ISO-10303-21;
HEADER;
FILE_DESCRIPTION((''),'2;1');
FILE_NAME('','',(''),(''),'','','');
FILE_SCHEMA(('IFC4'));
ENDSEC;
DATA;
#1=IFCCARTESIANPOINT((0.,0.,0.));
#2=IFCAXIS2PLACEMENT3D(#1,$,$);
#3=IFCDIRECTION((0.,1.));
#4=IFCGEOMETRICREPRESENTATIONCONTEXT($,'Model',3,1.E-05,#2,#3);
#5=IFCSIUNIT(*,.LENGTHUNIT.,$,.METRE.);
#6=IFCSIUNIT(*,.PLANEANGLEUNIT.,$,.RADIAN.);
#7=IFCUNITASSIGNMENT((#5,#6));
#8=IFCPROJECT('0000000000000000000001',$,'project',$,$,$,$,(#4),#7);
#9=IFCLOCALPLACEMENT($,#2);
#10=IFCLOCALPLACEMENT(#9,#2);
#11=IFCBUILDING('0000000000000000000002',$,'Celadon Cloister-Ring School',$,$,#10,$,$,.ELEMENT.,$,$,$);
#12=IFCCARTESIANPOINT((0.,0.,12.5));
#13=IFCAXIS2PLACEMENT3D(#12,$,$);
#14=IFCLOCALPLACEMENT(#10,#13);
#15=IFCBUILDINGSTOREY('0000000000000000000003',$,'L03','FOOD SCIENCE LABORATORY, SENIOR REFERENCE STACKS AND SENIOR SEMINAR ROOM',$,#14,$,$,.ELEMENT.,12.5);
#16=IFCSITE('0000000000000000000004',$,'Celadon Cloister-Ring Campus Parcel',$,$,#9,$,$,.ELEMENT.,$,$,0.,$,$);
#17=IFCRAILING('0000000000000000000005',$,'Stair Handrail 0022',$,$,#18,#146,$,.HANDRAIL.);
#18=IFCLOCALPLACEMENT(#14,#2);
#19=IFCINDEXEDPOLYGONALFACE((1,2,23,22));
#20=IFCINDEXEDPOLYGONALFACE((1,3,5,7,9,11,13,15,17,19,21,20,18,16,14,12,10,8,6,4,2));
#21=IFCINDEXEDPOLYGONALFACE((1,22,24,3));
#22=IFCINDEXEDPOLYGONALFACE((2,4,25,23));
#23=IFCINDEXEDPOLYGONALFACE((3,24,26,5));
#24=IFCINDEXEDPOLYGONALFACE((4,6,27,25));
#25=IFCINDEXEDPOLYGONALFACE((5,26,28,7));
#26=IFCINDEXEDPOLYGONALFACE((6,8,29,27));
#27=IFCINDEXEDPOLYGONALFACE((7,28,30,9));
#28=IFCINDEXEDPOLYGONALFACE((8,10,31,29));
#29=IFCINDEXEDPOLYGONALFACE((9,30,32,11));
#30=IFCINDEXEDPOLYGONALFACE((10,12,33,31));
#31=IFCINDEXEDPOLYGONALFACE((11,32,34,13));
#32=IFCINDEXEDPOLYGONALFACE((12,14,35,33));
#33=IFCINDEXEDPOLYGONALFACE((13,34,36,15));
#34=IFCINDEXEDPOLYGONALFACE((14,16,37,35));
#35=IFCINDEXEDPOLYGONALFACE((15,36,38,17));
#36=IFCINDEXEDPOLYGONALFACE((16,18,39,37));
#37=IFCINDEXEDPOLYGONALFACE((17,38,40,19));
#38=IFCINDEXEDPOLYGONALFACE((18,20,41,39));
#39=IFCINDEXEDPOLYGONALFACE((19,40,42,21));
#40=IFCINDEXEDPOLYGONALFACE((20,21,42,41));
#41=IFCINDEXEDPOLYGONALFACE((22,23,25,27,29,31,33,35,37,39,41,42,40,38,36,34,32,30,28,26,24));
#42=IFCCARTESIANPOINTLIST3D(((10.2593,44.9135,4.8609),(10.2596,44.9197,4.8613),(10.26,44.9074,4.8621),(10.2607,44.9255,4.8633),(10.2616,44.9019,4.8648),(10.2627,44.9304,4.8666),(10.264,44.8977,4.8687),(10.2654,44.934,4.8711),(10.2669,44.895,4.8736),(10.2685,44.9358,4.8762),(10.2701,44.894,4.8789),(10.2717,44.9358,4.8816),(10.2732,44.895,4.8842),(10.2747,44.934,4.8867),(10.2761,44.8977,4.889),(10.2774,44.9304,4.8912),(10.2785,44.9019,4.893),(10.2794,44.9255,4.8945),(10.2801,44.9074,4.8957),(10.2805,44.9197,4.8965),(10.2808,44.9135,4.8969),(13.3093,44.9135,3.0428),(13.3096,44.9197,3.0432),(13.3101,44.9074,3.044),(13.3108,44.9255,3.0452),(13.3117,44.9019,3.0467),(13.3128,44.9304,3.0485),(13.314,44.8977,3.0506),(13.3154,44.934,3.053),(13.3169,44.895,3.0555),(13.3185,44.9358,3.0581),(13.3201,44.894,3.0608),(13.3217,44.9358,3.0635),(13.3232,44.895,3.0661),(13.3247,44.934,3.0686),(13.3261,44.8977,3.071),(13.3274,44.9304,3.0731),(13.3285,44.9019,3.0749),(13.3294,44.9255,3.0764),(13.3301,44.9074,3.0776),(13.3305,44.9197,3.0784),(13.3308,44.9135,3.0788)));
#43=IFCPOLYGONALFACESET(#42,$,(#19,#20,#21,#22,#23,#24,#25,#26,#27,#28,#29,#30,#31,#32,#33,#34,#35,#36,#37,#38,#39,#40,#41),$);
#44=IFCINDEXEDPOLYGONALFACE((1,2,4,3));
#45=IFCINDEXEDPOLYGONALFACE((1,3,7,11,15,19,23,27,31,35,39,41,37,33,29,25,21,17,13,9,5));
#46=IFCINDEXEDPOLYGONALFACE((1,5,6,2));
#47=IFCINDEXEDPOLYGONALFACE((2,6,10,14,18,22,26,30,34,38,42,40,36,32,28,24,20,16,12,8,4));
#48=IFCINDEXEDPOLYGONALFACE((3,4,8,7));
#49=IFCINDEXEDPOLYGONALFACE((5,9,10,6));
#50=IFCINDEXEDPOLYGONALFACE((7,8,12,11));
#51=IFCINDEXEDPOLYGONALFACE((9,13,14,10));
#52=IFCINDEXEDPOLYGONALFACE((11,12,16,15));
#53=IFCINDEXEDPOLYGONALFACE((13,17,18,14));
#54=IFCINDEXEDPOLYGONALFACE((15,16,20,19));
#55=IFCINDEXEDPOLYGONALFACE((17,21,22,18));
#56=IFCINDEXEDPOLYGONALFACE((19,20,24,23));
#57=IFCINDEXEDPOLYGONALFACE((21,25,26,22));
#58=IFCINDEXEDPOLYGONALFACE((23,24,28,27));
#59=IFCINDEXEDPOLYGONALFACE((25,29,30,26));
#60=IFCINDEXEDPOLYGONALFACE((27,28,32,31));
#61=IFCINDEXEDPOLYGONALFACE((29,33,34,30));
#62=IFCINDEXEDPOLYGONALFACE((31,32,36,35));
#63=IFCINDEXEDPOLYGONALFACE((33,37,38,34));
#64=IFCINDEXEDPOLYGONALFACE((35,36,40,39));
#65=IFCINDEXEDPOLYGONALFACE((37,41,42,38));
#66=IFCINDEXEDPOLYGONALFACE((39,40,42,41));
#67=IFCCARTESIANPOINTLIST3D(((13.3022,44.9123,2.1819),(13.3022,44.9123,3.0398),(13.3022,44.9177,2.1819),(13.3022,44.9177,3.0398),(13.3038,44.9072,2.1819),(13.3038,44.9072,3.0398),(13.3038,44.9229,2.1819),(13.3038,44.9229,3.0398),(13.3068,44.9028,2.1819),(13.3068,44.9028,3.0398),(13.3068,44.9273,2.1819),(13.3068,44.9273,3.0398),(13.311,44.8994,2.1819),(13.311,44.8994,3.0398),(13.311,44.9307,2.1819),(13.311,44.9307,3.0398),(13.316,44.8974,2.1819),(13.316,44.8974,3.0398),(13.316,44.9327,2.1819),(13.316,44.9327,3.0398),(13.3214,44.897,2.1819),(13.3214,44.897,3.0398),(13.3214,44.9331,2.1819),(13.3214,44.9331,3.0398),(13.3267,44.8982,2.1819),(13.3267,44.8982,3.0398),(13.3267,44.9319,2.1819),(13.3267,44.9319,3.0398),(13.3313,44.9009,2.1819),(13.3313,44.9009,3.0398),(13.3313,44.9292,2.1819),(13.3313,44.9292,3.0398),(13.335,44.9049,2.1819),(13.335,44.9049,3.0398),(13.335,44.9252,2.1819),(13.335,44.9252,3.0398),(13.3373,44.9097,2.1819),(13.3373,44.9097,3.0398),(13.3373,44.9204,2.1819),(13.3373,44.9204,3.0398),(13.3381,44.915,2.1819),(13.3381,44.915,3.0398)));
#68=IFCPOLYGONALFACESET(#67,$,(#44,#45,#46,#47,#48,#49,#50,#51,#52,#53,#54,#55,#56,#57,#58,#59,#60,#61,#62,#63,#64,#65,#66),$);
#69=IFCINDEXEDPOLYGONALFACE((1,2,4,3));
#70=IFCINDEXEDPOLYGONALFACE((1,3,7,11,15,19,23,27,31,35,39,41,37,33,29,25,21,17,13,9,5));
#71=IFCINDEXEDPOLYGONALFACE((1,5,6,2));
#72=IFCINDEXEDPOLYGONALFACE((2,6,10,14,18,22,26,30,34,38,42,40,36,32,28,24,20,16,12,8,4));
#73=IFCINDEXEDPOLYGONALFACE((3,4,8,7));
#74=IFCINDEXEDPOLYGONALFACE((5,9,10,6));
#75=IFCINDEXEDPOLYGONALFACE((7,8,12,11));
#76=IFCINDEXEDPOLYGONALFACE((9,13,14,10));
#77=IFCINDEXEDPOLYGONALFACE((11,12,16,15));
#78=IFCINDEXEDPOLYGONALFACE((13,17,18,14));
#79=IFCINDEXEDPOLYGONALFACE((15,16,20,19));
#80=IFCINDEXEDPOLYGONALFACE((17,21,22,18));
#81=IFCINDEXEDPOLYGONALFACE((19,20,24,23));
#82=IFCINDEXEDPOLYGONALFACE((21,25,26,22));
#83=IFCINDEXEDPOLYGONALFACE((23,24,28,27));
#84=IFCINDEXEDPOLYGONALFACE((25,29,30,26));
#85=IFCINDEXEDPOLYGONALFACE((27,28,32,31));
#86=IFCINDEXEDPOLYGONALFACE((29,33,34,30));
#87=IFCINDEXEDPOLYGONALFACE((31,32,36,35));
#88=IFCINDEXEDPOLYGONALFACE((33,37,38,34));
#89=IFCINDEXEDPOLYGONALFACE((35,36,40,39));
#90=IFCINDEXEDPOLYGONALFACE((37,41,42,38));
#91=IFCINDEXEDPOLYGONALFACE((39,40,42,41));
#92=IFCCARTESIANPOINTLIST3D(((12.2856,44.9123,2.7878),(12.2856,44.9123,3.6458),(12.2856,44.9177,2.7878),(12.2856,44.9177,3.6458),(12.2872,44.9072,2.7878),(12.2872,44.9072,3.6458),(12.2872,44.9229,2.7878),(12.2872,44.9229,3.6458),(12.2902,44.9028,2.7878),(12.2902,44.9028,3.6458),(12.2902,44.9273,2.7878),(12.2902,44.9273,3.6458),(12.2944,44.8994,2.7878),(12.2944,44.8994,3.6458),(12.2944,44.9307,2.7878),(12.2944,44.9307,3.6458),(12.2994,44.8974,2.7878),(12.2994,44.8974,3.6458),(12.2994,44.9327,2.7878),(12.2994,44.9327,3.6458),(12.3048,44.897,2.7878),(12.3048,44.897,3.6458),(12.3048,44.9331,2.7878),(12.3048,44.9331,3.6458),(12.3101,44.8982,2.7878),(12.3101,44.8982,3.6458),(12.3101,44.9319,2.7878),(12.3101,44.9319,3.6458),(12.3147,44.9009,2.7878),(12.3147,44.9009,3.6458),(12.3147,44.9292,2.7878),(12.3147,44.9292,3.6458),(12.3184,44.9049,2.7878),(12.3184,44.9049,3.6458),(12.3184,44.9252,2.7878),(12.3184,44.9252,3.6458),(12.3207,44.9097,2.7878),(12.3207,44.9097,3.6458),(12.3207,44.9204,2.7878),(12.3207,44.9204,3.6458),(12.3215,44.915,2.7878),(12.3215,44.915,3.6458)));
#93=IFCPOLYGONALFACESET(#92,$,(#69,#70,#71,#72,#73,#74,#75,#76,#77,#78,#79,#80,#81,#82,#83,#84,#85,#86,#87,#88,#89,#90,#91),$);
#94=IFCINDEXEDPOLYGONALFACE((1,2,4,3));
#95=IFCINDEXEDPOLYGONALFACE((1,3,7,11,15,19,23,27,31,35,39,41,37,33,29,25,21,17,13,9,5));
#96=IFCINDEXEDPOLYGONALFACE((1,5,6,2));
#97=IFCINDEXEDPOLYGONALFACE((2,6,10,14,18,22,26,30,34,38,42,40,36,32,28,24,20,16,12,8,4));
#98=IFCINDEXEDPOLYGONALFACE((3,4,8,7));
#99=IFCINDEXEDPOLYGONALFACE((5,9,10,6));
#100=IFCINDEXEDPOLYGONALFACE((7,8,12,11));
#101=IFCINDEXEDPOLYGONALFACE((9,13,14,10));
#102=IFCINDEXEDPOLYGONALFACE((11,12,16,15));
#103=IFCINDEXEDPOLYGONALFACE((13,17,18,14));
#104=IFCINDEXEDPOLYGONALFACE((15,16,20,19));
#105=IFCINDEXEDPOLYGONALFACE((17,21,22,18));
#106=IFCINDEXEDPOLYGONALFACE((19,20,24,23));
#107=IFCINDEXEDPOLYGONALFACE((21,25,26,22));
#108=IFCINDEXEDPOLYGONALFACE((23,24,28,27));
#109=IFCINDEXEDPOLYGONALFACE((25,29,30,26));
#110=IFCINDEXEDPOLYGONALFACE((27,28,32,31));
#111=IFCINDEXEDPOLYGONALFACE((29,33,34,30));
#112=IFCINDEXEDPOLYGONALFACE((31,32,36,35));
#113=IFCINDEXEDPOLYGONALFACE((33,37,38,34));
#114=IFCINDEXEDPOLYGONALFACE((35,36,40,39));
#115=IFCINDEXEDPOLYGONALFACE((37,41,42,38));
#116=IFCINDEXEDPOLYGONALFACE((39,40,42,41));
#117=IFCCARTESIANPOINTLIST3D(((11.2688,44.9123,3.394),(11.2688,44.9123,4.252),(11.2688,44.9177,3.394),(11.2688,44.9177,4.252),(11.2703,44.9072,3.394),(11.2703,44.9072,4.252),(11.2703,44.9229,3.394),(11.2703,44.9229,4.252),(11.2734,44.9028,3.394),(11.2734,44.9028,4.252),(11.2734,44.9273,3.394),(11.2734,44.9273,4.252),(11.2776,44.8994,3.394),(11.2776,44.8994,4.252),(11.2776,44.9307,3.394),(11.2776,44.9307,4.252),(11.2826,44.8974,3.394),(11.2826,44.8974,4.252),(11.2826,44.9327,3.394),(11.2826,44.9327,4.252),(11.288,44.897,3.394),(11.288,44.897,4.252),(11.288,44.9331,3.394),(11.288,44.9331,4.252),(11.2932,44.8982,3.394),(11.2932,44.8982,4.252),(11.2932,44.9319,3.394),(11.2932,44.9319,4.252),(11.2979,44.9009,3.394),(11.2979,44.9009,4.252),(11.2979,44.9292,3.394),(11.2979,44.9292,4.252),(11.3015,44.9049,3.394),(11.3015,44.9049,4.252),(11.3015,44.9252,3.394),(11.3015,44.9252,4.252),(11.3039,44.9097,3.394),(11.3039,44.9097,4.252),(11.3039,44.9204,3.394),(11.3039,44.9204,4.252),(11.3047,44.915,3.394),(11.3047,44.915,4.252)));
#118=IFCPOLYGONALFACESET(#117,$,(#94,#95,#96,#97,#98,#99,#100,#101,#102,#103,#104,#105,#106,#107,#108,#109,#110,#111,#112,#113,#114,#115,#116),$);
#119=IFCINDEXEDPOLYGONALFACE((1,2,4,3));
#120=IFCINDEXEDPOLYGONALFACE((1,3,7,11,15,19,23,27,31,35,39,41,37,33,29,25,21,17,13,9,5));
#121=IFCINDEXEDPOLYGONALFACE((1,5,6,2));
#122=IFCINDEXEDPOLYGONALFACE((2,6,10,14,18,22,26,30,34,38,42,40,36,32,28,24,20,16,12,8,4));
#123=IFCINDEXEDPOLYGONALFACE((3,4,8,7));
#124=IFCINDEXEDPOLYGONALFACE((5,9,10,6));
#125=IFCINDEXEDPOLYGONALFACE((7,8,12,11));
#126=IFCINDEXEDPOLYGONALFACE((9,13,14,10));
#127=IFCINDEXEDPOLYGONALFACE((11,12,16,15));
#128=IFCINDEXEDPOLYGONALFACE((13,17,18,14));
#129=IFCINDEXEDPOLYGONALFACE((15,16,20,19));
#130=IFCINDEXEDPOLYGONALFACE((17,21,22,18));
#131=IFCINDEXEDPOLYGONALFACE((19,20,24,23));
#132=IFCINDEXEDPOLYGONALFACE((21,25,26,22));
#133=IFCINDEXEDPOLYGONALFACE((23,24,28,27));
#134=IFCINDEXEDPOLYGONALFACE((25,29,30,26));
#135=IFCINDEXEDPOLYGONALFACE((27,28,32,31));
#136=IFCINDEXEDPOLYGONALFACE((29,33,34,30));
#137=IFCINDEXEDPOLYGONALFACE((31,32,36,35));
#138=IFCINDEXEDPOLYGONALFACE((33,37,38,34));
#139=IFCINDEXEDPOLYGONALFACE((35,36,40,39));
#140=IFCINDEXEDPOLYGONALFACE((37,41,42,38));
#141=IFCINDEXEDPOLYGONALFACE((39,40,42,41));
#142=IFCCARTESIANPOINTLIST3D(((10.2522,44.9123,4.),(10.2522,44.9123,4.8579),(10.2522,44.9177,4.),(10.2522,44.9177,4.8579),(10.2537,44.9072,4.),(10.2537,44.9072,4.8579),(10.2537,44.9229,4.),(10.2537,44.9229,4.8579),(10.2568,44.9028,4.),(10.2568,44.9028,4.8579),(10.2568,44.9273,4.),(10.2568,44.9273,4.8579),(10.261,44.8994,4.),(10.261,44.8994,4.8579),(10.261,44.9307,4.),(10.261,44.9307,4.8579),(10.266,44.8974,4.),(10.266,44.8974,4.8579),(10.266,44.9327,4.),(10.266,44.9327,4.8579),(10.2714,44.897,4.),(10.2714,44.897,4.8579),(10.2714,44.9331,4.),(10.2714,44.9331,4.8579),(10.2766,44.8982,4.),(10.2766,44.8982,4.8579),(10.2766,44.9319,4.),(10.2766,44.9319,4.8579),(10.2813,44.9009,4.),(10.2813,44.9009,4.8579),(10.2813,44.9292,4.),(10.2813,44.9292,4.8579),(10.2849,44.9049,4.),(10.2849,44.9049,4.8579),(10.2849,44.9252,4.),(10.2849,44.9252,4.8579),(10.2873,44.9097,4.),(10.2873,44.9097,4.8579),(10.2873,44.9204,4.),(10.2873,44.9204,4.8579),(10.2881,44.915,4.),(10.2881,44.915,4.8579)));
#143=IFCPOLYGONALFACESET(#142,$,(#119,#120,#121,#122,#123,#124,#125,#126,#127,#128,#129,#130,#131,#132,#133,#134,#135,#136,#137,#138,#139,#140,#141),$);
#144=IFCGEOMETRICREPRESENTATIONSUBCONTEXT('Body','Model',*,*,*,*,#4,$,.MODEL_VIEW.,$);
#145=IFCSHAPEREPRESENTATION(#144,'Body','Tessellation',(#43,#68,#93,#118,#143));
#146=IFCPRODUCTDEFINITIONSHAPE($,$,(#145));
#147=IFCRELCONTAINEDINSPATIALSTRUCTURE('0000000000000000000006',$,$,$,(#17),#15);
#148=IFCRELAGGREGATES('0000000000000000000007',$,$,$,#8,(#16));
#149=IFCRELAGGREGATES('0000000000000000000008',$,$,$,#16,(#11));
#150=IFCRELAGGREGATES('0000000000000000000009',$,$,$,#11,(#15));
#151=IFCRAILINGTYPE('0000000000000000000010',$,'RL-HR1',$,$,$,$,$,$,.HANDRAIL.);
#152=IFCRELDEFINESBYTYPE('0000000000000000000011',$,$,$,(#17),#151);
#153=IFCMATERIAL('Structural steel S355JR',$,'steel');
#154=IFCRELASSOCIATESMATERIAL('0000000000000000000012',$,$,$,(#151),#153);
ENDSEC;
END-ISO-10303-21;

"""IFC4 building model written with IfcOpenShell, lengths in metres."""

from ifc_helpers import new_model, si_unit, direction, frame, origin, origin_2d, place, context, subcontext, project, spatial, circle, extrude, material, type_object, element, save


model = new_model("IFC4")

# Units and contexts
model_context = context("Model", 3, precision=1e-05, world=origin(), true_north=direction((0.0, 1.0)))
body_context = subcontext(model_context, "Body", "Model", "MODEL_VIEW")
ifc_project = project(units=[si_unit("LENGTHUNIT", "METRE"), si_unit("PLANEANGLEUNIT", "RADIAN")], contexts=[model_context])

# Site, building, storey
site_placement = place(None, origin())
site = spatial("IfcSite", under=ifc_project, at=site_placement, Name="Celadon Cloister-Ring Campus Parcel", CompositionType="ELEMENT", RefElevation=0.0)
building_placement = place(site_placement, origin())
building = spatial("IfcBuilding", under=site, at=building_placement, Name="Celadon Cloister-Ring School", CompositionType="ELEMENT")
storey_placement = place(building_placement, frame((0.0, 0.0, 12.5)))
storey = spatial("IfcBuildingStorey", under=building, at=storey_placement, Name="L03", Description="FOOD SCIENCE LABORATORY, SENIOR REFERENCE STACKS AND SENIOR SEMINAR ROOM", CompositionType="ELEMENT", Elevation=12.5)

# Railing
ifc_material_1 = material(Name="Structural steel S355JR", Category="steel")
railing_type_1 = type_object("IfcRailingType", Name="RL-HR1", PredefinedType="HANDRAIL", material=ifc_material_1)
for number, where, name in (
    (1, (13.3201, 44.915, 2.1819), "Stair Handrail 0022"),
):
    element("IfcRailing", number, at=place(storey_placement, frame(where)), inside=storey, type_object=railing_type_1, Name=name, PredefinedType="HANDRAIL", context=body_context, shape_type="SweptSolid", body=[
        extrude(circle(Radius=0.021, at=origin_2d()), frame((0.0, 0.0, 0.8789), z_axis=(-0.85897, 0.0, 0.512026), x_axis=(0.0, -1.0, 0.0)), (0.0, 0.0, 1.0), 3.5508),
        extrude(circle(Radius=0.0181, at=origin_2d()), origin(), (0.0, 0.0, 1.0), 0.8579),
        extrude(circle(Radius=0.0181, at=origin_2d()), frame((-1.0166, 0.0, 0.606)), (0.0, 0.0, 1.0), 0.8579),
        extrude(circle(Radius=0.0181, at=origin_2d()), frame((-2.0334, 0.0, 1.2122)), (0.0, 0.0, 1.0), 0.8579),
        extrude(circle(Radius=0.0181, at=origin_2d()), frame((-3.05, 0.0, 1.8181)), (0.0, 0.0, 1.0), 0.8579),
    ])

save(model, "model.ifc")
